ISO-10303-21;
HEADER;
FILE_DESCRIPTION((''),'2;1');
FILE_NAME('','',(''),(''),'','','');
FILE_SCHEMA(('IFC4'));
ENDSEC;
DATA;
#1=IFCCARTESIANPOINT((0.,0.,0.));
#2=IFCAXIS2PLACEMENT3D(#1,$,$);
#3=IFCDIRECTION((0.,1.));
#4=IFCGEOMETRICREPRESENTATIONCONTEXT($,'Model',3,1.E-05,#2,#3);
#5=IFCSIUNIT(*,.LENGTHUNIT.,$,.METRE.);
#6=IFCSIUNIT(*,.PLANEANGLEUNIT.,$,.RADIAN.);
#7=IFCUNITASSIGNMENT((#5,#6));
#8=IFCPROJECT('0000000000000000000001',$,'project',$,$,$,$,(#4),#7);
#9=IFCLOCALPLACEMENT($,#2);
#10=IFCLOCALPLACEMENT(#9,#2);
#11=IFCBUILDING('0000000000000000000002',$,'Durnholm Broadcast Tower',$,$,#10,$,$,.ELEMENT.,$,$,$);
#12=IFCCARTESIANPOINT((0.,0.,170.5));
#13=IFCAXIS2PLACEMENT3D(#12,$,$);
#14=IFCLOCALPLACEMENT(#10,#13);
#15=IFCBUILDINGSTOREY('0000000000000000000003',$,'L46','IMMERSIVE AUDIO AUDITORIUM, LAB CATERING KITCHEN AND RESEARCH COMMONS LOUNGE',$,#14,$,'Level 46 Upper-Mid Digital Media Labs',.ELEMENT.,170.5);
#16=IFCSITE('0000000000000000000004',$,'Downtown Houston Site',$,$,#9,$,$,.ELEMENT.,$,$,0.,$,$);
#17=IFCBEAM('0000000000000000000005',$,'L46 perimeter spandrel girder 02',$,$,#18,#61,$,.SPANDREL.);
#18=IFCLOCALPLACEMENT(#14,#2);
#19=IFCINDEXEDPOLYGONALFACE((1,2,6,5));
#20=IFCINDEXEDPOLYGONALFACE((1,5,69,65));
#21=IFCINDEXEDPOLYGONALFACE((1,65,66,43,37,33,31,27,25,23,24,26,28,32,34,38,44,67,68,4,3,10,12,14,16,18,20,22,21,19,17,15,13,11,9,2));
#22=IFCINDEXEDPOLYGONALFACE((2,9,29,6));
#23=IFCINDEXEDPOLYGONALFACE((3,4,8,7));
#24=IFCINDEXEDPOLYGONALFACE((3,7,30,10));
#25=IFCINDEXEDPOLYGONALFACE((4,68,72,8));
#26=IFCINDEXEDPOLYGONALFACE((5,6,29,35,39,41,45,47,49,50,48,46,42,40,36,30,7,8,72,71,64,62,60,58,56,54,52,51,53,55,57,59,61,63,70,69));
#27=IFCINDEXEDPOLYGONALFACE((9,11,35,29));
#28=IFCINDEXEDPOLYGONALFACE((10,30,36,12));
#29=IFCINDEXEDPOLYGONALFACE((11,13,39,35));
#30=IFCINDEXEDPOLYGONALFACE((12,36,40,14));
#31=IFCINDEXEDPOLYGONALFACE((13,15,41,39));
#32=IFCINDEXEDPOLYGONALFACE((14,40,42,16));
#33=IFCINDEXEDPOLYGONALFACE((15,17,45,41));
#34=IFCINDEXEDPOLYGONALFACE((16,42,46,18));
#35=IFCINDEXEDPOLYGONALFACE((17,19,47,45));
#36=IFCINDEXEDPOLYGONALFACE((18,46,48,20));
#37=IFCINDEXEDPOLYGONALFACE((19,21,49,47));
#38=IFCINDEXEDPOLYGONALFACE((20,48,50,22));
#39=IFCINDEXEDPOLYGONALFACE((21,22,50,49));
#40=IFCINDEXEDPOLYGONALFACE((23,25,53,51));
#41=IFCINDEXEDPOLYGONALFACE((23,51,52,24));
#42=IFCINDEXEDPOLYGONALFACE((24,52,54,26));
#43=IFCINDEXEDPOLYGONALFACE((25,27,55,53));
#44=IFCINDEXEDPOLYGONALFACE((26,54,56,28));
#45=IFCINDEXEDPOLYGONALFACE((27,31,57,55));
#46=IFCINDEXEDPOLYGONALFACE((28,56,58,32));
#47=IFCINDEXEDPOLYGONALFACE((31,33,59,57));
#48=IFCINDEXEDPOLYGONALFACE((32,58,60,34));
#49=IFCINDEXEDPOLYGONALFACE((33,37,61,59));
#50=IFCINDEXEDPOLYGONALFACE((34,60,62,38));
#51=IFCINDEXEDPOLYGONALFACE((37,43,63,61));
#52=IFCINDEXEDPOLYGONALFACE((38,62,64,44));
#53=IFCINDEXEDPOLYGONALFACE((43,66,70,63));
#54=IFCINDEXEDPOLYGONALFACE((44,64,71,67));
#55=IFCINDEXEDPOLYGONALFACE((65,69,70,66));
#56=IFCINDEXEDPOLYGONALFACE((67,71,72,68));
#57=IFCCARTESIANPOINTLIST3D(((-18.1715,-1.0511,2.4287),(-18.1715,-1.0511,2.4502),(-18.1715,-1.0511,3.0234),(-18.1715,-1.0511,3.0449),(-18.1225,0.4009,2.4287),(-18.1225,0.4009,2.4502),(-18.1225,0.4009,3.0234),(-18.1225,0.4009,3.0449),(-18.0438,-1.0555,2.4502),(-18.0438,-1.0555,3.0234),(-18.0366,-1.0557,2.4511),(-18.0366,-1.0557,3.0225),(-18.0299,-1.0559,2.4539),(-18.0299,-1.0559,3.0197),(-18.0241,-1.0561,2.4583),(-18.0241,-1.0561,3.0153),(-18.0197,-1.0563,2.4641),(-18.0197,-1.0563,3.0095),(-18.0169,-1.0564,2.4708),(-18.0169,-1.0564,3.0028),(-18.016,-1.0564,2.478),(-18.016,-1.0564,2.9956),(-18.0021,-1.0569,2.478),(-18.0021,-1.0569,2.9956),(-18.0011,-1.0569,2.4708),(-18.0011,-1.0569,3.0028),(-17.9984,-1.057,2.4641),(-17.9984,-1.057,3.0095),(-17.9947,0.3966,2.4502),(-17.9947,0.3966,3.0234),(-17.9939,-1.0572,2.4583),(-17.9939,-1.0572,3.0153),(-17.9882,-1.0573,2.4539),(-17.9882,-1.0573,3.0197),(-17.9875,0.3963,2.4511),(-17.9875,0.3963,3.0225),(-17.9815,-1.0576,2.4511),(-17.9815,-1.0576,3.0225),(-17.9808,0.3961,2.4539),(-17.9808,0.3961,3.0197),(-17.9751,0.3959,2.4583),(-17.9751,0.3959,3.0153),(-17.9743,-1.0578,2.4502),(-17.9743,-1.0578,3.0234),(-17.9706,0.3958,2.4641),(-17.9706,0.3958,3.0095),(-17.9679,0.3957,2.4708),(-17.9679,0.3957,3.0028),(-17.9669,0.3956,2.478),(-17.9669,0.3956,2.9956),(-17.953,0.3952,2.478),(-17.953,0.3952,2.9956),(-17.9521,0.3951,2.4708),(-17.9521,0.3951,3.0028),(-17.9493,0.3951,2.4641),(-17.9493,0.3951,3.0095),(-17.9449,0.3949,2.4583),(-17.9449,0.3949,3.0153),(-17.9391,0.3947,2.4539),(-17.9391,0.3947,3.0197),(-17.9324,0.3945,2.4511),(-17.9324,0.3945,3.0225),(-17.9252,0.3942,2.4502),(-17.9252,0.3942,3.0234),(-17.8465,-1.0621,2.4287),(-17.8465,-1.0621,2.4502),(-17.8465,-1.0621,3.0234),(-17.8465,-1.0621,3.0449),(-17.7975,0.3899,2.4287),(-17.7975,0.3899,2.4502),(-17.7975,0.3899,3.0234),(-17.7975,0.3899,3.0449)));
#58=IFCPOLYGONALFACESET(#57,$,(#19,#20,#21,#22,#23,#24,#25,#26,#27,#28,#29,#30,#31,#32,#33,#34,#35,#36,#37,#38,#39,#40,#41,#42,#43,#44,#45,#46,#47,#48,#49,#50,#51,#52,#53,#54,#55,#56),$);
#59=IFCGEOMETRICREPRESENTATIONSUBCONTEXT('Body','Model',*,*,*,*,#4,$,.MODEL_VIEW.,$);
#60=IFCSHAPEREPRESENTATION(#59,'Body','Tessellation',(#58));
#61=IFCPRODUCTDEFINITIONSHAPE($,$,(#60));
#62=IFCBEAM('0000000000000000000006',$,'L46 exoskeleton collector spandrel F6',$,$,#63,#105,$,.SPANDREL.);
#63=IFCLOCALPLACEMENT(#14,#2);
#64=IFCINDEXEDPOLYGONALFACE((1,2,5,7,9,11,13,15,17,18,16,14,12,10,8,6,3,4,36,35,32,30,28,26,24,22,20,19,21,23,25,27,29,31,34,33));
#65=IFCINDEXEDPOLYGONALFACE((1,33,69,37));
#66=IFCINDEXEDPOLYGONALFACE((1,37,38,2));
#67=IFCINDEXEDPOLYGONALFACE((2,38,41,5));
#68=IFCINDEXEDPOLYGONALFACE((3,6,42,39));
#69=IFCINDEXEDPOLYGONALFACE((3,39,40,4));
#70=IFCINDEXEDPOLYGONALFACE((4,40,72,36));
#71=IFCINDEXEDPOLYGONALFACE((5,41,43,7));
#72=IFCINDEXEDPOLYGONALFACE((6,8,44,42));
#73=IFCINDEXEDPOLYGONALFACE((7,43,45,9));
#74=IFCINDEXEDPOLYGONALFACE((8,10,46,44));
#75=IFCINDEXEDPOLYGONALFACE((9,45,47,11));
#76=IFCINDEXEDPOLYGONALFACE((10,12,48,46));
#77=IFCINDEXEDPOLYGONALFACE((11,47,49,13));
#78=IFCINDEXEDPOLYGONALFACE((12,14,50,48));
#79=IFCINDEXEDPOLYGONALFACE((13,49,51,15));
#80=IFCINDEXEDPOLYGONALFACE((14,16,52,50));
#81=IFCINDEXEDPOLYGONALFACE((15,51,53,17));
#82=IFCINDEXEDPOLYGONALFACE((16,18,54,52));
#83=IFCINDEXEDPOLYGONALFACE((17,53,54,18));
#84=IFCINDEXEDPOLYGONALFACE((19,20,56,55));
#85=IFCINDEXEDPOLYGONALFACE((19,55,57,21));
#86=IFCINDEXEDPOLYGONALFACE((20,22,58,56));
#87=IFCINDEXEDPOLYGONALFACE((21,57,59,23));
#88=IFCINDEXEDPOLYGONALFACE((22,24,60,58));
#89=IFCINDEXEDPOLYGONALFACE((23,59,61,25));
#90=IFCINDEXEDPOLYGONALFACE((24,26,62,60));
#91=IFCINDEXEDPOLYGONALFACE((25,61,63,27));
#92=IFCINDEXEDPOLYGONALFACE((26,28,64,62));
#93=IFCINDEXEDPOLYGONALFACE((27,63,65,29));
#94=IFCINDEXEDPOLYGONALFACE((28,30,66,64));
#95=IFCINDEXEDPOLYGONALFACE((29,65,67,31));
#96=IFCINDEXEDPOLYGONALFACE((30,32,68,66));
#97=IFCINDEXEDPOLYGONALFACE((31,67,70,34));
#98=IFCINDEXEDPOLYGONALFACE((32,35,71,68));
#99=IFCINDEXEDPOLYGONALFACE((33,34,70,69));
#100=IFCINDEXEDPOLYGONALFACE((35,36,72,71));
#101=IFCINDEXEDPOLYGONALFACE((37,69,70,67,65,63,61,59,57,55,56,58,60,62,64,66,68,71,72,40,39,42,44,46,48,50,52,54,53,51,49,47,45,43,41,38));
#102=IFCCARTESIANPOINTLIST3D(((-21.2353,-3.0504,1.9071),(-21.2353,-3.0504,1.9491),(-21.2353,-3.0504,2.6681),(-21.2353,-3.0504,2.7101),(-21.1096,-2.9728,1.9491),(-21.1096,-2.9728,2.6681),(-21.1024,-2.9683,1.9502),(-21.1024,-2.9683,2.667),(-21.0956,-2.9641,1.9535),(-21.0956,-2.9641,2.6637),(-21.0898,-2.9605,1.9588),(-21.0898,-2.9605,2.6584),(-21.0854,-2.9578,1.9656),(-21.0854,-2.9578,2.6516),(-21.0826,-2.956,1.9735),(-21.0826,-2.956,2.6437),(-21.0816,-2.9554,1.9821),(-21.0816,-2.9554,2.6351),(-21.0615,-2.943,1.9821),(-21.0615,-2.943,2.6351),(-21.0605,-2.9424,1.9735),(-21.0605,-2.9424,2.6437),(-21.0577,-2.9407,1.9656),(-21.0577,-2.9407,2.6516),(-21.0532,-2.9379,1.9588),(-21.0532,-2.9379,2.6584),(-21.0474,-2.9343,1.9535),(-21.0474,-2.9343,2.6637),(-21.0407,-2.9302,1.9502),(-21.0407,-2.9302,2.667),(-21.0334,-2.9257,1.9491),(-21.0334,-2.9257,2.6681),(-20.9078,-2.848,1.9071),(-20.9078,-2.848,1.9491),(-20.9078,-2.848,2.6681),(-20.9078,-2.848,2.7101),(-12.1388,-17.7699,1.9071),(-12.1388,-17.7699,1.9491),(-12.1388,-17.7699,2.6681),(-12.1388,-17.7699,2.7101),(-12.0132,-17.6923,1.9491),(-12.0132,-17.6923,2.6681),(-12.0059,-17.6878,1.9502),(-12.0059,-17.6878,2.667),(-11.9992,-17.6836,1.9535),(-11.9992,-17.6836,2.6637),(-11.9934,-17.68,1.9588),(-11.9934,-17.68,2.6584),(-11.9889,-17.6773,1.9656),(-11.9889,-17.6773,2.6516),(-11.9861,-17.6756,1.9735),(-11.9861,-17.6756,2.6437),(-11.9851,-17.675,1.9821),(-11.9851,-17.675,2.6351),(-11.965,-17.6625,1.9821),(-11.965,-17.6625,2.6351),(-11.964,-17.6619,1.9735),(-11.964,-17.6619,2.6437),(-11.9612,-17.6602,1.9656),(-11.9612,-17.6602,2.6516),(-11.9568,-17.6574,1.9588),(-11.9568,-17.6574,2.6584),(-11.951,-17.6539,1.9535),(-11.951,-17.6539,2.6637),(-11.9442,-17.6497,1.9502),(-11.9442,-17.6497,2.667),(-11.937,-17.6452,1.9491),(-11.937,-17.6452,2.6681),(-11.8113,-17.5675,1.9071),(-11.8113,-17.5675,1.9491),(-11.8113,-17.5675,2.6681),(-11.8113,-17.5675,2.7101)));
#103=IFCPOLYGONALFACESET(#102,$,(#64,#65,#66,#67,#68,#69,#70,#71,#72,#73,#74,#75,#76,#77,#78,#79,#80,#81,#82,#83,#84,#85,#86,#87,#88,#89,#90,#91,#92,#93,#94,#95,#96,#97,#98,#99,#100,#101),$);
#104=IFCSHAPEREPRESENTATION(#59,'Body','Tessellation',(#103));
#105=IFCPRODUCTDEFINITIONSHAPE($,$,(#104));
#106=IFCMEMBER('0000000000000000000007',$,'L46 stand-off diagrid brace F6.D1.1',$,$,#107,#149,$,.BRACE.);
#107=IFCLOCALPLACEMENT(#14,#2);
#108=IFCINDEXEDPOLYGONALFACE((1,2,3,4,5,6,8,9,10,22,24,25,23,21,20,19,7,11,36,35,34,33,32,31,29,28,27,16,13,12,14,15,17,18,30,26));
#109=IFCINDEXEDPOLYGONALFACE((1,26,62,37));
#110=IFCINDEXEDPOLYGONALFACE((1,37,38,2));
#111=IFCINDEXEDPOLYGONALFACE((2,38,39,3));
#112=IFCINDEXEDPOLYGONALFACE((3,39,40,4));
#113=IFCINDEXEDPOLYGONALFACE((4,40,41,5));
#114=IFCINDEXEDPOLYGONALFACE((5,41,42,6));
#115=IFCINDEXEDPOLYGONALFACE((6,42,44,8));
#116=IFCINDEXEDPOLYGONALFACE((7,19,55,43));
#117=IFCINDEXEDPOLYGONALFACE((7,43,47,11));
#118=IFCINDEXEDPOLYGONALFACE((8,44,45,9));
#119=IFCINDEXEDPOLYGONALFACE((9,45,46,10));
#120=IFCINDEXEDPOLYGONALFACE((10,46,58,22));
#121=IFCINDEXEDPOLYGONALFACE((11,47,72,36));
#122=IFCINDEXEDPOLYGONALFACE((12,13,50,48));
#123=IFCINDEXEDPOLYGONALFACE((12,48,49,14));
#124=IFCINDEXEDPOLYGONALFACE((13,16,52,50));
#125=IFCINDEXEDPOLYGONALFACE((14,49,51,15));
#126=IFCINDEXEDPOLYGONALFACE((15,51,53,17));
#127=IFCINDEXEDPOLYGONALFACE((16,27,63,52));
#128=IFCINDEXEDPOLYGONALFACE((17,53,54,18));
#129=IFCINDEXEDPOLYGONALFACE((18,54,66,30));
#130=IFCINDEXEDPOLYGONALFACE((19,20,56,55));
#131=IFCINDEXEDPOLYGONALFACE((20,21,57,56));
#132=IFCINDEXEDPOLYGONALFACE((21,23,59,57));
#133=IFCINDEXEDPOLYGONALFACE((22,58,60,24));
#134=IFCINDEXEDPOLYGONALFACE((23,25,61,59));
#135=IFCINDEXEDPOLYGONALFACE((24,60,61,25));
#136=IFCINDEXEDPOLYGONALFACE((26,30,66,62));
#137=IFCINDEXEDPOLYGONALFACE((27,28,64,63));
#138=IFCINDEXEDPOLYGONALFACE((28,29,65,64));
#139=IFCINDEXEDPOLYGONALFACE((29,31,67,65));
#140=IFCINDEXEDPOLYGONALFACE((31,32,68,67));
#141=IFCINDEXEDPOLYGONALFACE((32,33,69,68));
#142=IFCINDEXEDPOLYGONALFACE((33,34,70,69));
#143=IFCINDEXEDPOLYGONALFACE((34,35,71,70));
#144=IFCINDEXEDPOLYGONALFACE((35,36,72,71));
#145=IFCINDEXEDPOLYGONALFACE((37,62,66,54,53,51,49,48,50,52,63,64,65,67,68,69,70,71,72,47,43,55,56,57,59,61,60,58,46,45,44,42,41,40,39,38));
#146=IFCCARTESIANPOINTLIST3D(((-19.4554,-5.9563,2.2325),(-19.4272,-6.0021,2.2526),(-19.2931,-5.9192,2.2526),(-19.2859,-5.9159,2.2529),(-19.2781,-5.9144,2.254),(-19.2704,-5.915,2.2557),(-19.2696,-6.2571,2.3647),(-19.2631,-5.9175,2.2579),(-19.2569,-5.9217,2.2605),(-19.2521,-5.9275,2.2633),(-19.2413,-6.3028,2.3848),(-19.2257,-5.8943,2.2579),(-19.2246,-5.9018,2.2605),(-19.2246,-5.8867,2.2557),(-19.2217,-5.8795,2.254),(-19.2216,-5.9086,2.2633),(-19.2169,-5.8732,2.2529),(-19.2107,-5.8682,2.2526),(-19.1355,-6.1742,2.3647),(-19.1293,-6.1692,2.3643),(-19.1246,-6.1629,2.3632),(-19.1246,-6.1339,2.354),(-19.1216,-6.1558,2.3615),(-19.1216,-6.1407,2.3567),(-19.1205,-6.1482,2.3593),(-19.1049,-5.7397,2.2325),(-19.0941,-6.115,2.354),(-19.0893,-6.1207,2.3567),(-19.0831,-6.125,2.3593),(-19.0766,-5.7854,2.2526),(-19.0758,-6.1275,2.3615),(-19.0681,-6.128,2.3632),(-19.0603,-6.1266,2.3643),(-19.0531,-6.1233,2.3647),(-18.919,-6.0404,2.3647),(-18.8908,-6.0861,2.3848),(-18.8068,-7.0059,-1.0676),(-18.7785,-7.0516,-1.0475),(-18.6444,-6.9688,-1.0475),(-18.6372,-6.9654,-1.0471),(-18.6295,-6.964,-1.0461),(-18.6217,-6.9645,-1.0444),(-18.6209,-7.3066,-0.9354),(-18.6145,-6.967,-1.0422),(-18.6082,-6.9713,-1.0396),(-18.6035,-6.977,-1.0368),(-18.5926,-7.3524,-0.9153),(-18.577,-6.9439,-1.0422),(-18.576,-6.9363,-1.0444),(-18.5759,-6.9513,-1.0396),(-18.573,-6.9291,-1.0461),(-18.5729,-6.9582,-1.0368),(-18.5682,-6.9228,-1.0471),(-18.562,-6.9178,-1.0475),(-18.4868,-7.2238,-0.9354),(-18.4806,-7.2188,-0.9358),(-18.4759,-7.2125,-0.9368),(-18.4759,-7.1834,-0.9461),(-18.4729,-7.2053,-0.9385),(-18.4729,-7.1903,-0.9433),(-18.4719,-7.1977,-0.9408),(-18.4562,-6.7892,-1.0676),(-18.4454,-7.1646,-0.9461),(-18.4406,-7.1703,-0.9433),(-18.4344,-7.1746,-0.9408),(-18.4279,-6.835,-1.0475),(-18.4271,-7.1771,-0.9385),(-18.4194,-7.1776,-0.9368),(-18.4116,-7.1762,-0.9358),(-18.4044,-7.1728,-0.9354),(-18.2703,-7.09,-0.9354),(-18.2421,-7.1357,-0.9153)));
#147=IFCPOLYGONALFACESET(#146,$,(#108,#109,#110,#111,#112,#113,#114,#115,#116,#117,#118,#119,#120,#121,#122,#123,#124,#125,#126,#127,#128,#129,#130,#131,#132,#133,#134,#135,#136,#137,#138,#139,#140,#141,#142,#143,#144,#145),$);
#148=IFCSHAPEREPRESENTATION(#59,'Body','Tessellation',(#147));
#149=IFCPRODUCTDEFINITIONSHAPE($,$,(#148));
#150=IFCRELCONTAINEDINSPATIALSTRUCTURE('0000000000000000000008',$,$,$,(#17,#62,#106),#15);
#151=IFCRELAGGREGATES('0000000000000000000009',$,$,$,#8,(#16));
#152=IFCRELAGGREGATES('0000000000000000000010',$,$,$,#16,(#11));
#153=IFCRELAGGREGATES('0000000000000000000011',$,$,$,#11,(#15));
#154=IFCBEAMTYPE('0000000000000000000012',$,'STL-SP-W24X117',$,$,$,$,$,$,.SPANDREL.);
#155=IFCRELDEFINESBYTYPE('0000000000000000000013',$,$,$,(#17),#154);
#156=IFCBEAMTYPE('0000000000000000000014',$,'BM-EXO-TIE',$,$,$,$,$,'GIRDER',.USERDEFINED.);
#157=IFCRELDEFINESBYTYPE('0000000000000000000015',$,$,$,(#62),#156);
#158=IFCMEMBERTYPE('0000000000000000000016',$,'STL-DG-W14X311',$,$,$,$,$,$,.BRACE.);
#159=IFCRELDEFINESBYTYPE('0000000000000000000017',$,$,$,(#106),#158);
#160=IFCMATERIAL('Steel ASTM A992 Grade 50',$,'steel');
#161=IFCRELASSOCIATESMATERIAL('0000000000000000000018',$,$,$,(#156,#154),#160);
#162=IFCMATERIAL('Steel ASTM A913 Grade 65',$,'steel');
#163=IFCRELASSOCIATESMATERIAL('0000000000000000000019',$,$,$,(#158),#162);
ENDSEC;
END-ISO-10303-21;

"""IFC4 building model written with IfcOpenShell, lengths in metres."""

from ifc_helpers import new_model, si_unit, direction, frame, origin, origin_2d, place, context, subcontext, project, spatial, i_section, extrude, source, transform, mapped, material, material_profile, profile_set, type_object, type_shapes, element, save


model = new_model("IFC4")

# Units and contexts
model_context = context("Model", 3, precision=1e-05, world=origin(), true_north=direction((0.0, 1.0)))
body_context = subcontext(model_context, "Body", "Model", "MODEL_VIEW")
ifc_project = project(units=[si_unit("LENGTHUNIT", "METRE"), si_unit("PLANEANGLEUNIT", "RADIAN")], contexts=[model_context])

# Site, building, storey
site_placement = place(None, origin())
site = spatial("IfcSite", under=ifc_project, at=site_placement, Name="Downtown Houston Site", CompositionType="ELEMENT", RefElevation=0.0)
building_placement = place(site_placement, origin())
building = spatial("IfcBuilding", under=site, at=building_placement, Name="Durnholm Broadcast Tower", CompositionType="ELEMENT")
storey_placement = place(building_placement, frame((0.0, 0.0, 170.5)))
storey = spatial("IfcBuildingStorey", under=building, at=storey_placement, Name="L46", Description="IMMERSIVE AUDIO AUDITORIUM, LAB CATERING KITCHEN AND RESEARCH COMMONS LOUNGE", LongName="Level 46 Upper-Mid Digital Media Labs", CompositionType="ELEMENT", Elevation=170.5)

# Beams
ifc_material_1 = material(Name="Steel ASTM A992 Grade 50", Category="steel")
ifc_material_profile_1 = material_profile(ifc_material_1, i_section(OverallWidth=0.385, OverallDepth=0.803, WebThickness=0.0237, FlangeThickness=0.042, FilletRadius=0.033, at=origin_2d()), Name="W30X261")
ifc_profile_set_1 = profile_set([ifc_material_profile_1], Name="Steel ASTM A992 Grade 50")
beam_type_1 = type_object("IfcBeamType", Name="BM-EXO-TIE", ElementType="GIRDER", PredefinedType="USERDEFINED", material=ifc_profile_set_1)
ifc_material_profile_2 = material_profile(ifc_material_1, i_section(OverallWidth=0.3252, OverallDepth=0.6162, WebThickness=0.0139, FlangeThickness=0.0215, FilletRadius=0.0278, at=origin_2d()), Name="W24X117")
ifc_profile_set_2 = profile_set([ifc_material_profile_2], Name="Steel ASTM A992 Grade 50")
beam_type_2 = type_object("IfcBeamType", Name="STL-SP-W24X117", PredefinedType="SPANDREL", material=ifc_profile_set_2)
shared_shape_1 = source(origin(), body_context, "Body", "SweptSolid", [
    extrude(i_section(OverallWidth=0.3252, OverallDepth=0.6162, WebThickness=0.0139, FlangeThickness=0.0215, FilletRadius=0.0278, at=origin_2d()), origin(), (0.0, 0.0, 1.0), 1.4529),
])
beam_1_placement = place(storey_placement, frame((-18.009, -1.0566, 2.7368), z_axis=(0.033774, 0.99943, 0.0), x_axis=(-0.99943, 0.033774, 0.0)))
element("IfcBeam", 1, at=beam_1_placement, inside=storey, type_object=beam_type_2, Name="L46 perimeter spandrel girder 02", PredefinedType="SPANDREL", context=body_context, shape_type="MappedRepresentation", body=[
    mapped(shared_shape_1, transform((0.0, 0.0, 0.0), x_axis=(1.0, 0.0, 0.0), y_axis=(0.0, 1.0, 0.0), z_axis=(0.0, 0.0, 1.0), scale=1.0)),
])
shared_shape_2 = source(origin(), body_context, "Body", "SweptSolid", [
    extrude(i_section(OverallWidth=0.385, OverallDepth=0.803, WebThickness=0.0237, FlangeThickness=0.042, FilletRadius=0.033, at=origin_2d()), origin(), (0.0, 0.0, 1.0), 17.3035),
])
beam_2_placement = place(storey_placement, frame((-21.0715, -2.9492, 2.3086), z_axis=(0.525702, -0.850669, 0.0), x_axis=(0.850669, 0.525702, 0.0)))
element("IfcBeam", 2, at=beam_2_placement, inside=storey, type_object=beam_type_1, Name="L46 exoskeleton collector spandrel F6", PredefinedType="SPANDREL", context=body_context, shape_type="MappedRepresentation", body=[
    mapped(shared_shape_2, transform((0.0, 0.0, 0.0), x_axis=(1.0, 0.0, 0.0), y_axis=(0.0, 1.0, 0.0), z_axis=(0.0, 0.0, 1.0), scale=1.0)),
])

# Member
ifc_material_2 = material(Name="Steel ASTM A913 Grade 65", Category="steel")
ifc_material_profile_3 = material_profile(ifc_material_2, i_section(OverallWidth=0.4121, OverallDepth=0.4348, WebThickness=0.0359, FlangeThickness=0.0574, FilletRadius=0.0305, at=origin_2d()), Name="W14X311")
ifc_profile_set_3 = profile_set([ifc_material_profile_3], Name="Steel ASTM A913 Grade 65")
member_type_1 = type_object("IfcMemberType", Name="STL-DG-W14X311", PredefinedType="BRACE", material=ifc_profile_set_3)
shared_shape_3 = source(origin(), body_context, "Body", "SweptSolid", [
    extrude(i_section(OverallWidth=0.4121, OverallDepth=0.4348, WebThickness=0.0359, FlangeThickness=0.0574, FilletRadius=0.0305, at=origin_2d()), origin(), (0.0, 0.0, 1.0), 3.5232),
])
type_shapes(member_type_1, [shared_shape_3])
for number, where, z_axis, x_axis, name in (
    (3, (-18.5244, -7.0708, -0.9915), (-0.184119, 0.297903, 0.936672), (-0.850644, -0.525741, 0.0), "L46 stand-off diagrid brace F6.D1.1"),
):
    element("IfcMember", number, at=place(storey_placement, frame(where, z_axis=z_axis, x_axis=x_axis)), inside=storey, type_object=member_type_1, Name=name, PredefinedType="BRACE", context=body_context, shape_type="MappedRepresentation", body=[
        mapped(shared_shape_3, transform((0.0, 0.0, 0.0), x_axis=(1.0, 0.0, 0.0), y_axis=(0.0, 1.0, 0.0), z_axis=(0.0, 0.0, 1.0), scale=1.0)),
    ])

save(model, "model.ifc")
